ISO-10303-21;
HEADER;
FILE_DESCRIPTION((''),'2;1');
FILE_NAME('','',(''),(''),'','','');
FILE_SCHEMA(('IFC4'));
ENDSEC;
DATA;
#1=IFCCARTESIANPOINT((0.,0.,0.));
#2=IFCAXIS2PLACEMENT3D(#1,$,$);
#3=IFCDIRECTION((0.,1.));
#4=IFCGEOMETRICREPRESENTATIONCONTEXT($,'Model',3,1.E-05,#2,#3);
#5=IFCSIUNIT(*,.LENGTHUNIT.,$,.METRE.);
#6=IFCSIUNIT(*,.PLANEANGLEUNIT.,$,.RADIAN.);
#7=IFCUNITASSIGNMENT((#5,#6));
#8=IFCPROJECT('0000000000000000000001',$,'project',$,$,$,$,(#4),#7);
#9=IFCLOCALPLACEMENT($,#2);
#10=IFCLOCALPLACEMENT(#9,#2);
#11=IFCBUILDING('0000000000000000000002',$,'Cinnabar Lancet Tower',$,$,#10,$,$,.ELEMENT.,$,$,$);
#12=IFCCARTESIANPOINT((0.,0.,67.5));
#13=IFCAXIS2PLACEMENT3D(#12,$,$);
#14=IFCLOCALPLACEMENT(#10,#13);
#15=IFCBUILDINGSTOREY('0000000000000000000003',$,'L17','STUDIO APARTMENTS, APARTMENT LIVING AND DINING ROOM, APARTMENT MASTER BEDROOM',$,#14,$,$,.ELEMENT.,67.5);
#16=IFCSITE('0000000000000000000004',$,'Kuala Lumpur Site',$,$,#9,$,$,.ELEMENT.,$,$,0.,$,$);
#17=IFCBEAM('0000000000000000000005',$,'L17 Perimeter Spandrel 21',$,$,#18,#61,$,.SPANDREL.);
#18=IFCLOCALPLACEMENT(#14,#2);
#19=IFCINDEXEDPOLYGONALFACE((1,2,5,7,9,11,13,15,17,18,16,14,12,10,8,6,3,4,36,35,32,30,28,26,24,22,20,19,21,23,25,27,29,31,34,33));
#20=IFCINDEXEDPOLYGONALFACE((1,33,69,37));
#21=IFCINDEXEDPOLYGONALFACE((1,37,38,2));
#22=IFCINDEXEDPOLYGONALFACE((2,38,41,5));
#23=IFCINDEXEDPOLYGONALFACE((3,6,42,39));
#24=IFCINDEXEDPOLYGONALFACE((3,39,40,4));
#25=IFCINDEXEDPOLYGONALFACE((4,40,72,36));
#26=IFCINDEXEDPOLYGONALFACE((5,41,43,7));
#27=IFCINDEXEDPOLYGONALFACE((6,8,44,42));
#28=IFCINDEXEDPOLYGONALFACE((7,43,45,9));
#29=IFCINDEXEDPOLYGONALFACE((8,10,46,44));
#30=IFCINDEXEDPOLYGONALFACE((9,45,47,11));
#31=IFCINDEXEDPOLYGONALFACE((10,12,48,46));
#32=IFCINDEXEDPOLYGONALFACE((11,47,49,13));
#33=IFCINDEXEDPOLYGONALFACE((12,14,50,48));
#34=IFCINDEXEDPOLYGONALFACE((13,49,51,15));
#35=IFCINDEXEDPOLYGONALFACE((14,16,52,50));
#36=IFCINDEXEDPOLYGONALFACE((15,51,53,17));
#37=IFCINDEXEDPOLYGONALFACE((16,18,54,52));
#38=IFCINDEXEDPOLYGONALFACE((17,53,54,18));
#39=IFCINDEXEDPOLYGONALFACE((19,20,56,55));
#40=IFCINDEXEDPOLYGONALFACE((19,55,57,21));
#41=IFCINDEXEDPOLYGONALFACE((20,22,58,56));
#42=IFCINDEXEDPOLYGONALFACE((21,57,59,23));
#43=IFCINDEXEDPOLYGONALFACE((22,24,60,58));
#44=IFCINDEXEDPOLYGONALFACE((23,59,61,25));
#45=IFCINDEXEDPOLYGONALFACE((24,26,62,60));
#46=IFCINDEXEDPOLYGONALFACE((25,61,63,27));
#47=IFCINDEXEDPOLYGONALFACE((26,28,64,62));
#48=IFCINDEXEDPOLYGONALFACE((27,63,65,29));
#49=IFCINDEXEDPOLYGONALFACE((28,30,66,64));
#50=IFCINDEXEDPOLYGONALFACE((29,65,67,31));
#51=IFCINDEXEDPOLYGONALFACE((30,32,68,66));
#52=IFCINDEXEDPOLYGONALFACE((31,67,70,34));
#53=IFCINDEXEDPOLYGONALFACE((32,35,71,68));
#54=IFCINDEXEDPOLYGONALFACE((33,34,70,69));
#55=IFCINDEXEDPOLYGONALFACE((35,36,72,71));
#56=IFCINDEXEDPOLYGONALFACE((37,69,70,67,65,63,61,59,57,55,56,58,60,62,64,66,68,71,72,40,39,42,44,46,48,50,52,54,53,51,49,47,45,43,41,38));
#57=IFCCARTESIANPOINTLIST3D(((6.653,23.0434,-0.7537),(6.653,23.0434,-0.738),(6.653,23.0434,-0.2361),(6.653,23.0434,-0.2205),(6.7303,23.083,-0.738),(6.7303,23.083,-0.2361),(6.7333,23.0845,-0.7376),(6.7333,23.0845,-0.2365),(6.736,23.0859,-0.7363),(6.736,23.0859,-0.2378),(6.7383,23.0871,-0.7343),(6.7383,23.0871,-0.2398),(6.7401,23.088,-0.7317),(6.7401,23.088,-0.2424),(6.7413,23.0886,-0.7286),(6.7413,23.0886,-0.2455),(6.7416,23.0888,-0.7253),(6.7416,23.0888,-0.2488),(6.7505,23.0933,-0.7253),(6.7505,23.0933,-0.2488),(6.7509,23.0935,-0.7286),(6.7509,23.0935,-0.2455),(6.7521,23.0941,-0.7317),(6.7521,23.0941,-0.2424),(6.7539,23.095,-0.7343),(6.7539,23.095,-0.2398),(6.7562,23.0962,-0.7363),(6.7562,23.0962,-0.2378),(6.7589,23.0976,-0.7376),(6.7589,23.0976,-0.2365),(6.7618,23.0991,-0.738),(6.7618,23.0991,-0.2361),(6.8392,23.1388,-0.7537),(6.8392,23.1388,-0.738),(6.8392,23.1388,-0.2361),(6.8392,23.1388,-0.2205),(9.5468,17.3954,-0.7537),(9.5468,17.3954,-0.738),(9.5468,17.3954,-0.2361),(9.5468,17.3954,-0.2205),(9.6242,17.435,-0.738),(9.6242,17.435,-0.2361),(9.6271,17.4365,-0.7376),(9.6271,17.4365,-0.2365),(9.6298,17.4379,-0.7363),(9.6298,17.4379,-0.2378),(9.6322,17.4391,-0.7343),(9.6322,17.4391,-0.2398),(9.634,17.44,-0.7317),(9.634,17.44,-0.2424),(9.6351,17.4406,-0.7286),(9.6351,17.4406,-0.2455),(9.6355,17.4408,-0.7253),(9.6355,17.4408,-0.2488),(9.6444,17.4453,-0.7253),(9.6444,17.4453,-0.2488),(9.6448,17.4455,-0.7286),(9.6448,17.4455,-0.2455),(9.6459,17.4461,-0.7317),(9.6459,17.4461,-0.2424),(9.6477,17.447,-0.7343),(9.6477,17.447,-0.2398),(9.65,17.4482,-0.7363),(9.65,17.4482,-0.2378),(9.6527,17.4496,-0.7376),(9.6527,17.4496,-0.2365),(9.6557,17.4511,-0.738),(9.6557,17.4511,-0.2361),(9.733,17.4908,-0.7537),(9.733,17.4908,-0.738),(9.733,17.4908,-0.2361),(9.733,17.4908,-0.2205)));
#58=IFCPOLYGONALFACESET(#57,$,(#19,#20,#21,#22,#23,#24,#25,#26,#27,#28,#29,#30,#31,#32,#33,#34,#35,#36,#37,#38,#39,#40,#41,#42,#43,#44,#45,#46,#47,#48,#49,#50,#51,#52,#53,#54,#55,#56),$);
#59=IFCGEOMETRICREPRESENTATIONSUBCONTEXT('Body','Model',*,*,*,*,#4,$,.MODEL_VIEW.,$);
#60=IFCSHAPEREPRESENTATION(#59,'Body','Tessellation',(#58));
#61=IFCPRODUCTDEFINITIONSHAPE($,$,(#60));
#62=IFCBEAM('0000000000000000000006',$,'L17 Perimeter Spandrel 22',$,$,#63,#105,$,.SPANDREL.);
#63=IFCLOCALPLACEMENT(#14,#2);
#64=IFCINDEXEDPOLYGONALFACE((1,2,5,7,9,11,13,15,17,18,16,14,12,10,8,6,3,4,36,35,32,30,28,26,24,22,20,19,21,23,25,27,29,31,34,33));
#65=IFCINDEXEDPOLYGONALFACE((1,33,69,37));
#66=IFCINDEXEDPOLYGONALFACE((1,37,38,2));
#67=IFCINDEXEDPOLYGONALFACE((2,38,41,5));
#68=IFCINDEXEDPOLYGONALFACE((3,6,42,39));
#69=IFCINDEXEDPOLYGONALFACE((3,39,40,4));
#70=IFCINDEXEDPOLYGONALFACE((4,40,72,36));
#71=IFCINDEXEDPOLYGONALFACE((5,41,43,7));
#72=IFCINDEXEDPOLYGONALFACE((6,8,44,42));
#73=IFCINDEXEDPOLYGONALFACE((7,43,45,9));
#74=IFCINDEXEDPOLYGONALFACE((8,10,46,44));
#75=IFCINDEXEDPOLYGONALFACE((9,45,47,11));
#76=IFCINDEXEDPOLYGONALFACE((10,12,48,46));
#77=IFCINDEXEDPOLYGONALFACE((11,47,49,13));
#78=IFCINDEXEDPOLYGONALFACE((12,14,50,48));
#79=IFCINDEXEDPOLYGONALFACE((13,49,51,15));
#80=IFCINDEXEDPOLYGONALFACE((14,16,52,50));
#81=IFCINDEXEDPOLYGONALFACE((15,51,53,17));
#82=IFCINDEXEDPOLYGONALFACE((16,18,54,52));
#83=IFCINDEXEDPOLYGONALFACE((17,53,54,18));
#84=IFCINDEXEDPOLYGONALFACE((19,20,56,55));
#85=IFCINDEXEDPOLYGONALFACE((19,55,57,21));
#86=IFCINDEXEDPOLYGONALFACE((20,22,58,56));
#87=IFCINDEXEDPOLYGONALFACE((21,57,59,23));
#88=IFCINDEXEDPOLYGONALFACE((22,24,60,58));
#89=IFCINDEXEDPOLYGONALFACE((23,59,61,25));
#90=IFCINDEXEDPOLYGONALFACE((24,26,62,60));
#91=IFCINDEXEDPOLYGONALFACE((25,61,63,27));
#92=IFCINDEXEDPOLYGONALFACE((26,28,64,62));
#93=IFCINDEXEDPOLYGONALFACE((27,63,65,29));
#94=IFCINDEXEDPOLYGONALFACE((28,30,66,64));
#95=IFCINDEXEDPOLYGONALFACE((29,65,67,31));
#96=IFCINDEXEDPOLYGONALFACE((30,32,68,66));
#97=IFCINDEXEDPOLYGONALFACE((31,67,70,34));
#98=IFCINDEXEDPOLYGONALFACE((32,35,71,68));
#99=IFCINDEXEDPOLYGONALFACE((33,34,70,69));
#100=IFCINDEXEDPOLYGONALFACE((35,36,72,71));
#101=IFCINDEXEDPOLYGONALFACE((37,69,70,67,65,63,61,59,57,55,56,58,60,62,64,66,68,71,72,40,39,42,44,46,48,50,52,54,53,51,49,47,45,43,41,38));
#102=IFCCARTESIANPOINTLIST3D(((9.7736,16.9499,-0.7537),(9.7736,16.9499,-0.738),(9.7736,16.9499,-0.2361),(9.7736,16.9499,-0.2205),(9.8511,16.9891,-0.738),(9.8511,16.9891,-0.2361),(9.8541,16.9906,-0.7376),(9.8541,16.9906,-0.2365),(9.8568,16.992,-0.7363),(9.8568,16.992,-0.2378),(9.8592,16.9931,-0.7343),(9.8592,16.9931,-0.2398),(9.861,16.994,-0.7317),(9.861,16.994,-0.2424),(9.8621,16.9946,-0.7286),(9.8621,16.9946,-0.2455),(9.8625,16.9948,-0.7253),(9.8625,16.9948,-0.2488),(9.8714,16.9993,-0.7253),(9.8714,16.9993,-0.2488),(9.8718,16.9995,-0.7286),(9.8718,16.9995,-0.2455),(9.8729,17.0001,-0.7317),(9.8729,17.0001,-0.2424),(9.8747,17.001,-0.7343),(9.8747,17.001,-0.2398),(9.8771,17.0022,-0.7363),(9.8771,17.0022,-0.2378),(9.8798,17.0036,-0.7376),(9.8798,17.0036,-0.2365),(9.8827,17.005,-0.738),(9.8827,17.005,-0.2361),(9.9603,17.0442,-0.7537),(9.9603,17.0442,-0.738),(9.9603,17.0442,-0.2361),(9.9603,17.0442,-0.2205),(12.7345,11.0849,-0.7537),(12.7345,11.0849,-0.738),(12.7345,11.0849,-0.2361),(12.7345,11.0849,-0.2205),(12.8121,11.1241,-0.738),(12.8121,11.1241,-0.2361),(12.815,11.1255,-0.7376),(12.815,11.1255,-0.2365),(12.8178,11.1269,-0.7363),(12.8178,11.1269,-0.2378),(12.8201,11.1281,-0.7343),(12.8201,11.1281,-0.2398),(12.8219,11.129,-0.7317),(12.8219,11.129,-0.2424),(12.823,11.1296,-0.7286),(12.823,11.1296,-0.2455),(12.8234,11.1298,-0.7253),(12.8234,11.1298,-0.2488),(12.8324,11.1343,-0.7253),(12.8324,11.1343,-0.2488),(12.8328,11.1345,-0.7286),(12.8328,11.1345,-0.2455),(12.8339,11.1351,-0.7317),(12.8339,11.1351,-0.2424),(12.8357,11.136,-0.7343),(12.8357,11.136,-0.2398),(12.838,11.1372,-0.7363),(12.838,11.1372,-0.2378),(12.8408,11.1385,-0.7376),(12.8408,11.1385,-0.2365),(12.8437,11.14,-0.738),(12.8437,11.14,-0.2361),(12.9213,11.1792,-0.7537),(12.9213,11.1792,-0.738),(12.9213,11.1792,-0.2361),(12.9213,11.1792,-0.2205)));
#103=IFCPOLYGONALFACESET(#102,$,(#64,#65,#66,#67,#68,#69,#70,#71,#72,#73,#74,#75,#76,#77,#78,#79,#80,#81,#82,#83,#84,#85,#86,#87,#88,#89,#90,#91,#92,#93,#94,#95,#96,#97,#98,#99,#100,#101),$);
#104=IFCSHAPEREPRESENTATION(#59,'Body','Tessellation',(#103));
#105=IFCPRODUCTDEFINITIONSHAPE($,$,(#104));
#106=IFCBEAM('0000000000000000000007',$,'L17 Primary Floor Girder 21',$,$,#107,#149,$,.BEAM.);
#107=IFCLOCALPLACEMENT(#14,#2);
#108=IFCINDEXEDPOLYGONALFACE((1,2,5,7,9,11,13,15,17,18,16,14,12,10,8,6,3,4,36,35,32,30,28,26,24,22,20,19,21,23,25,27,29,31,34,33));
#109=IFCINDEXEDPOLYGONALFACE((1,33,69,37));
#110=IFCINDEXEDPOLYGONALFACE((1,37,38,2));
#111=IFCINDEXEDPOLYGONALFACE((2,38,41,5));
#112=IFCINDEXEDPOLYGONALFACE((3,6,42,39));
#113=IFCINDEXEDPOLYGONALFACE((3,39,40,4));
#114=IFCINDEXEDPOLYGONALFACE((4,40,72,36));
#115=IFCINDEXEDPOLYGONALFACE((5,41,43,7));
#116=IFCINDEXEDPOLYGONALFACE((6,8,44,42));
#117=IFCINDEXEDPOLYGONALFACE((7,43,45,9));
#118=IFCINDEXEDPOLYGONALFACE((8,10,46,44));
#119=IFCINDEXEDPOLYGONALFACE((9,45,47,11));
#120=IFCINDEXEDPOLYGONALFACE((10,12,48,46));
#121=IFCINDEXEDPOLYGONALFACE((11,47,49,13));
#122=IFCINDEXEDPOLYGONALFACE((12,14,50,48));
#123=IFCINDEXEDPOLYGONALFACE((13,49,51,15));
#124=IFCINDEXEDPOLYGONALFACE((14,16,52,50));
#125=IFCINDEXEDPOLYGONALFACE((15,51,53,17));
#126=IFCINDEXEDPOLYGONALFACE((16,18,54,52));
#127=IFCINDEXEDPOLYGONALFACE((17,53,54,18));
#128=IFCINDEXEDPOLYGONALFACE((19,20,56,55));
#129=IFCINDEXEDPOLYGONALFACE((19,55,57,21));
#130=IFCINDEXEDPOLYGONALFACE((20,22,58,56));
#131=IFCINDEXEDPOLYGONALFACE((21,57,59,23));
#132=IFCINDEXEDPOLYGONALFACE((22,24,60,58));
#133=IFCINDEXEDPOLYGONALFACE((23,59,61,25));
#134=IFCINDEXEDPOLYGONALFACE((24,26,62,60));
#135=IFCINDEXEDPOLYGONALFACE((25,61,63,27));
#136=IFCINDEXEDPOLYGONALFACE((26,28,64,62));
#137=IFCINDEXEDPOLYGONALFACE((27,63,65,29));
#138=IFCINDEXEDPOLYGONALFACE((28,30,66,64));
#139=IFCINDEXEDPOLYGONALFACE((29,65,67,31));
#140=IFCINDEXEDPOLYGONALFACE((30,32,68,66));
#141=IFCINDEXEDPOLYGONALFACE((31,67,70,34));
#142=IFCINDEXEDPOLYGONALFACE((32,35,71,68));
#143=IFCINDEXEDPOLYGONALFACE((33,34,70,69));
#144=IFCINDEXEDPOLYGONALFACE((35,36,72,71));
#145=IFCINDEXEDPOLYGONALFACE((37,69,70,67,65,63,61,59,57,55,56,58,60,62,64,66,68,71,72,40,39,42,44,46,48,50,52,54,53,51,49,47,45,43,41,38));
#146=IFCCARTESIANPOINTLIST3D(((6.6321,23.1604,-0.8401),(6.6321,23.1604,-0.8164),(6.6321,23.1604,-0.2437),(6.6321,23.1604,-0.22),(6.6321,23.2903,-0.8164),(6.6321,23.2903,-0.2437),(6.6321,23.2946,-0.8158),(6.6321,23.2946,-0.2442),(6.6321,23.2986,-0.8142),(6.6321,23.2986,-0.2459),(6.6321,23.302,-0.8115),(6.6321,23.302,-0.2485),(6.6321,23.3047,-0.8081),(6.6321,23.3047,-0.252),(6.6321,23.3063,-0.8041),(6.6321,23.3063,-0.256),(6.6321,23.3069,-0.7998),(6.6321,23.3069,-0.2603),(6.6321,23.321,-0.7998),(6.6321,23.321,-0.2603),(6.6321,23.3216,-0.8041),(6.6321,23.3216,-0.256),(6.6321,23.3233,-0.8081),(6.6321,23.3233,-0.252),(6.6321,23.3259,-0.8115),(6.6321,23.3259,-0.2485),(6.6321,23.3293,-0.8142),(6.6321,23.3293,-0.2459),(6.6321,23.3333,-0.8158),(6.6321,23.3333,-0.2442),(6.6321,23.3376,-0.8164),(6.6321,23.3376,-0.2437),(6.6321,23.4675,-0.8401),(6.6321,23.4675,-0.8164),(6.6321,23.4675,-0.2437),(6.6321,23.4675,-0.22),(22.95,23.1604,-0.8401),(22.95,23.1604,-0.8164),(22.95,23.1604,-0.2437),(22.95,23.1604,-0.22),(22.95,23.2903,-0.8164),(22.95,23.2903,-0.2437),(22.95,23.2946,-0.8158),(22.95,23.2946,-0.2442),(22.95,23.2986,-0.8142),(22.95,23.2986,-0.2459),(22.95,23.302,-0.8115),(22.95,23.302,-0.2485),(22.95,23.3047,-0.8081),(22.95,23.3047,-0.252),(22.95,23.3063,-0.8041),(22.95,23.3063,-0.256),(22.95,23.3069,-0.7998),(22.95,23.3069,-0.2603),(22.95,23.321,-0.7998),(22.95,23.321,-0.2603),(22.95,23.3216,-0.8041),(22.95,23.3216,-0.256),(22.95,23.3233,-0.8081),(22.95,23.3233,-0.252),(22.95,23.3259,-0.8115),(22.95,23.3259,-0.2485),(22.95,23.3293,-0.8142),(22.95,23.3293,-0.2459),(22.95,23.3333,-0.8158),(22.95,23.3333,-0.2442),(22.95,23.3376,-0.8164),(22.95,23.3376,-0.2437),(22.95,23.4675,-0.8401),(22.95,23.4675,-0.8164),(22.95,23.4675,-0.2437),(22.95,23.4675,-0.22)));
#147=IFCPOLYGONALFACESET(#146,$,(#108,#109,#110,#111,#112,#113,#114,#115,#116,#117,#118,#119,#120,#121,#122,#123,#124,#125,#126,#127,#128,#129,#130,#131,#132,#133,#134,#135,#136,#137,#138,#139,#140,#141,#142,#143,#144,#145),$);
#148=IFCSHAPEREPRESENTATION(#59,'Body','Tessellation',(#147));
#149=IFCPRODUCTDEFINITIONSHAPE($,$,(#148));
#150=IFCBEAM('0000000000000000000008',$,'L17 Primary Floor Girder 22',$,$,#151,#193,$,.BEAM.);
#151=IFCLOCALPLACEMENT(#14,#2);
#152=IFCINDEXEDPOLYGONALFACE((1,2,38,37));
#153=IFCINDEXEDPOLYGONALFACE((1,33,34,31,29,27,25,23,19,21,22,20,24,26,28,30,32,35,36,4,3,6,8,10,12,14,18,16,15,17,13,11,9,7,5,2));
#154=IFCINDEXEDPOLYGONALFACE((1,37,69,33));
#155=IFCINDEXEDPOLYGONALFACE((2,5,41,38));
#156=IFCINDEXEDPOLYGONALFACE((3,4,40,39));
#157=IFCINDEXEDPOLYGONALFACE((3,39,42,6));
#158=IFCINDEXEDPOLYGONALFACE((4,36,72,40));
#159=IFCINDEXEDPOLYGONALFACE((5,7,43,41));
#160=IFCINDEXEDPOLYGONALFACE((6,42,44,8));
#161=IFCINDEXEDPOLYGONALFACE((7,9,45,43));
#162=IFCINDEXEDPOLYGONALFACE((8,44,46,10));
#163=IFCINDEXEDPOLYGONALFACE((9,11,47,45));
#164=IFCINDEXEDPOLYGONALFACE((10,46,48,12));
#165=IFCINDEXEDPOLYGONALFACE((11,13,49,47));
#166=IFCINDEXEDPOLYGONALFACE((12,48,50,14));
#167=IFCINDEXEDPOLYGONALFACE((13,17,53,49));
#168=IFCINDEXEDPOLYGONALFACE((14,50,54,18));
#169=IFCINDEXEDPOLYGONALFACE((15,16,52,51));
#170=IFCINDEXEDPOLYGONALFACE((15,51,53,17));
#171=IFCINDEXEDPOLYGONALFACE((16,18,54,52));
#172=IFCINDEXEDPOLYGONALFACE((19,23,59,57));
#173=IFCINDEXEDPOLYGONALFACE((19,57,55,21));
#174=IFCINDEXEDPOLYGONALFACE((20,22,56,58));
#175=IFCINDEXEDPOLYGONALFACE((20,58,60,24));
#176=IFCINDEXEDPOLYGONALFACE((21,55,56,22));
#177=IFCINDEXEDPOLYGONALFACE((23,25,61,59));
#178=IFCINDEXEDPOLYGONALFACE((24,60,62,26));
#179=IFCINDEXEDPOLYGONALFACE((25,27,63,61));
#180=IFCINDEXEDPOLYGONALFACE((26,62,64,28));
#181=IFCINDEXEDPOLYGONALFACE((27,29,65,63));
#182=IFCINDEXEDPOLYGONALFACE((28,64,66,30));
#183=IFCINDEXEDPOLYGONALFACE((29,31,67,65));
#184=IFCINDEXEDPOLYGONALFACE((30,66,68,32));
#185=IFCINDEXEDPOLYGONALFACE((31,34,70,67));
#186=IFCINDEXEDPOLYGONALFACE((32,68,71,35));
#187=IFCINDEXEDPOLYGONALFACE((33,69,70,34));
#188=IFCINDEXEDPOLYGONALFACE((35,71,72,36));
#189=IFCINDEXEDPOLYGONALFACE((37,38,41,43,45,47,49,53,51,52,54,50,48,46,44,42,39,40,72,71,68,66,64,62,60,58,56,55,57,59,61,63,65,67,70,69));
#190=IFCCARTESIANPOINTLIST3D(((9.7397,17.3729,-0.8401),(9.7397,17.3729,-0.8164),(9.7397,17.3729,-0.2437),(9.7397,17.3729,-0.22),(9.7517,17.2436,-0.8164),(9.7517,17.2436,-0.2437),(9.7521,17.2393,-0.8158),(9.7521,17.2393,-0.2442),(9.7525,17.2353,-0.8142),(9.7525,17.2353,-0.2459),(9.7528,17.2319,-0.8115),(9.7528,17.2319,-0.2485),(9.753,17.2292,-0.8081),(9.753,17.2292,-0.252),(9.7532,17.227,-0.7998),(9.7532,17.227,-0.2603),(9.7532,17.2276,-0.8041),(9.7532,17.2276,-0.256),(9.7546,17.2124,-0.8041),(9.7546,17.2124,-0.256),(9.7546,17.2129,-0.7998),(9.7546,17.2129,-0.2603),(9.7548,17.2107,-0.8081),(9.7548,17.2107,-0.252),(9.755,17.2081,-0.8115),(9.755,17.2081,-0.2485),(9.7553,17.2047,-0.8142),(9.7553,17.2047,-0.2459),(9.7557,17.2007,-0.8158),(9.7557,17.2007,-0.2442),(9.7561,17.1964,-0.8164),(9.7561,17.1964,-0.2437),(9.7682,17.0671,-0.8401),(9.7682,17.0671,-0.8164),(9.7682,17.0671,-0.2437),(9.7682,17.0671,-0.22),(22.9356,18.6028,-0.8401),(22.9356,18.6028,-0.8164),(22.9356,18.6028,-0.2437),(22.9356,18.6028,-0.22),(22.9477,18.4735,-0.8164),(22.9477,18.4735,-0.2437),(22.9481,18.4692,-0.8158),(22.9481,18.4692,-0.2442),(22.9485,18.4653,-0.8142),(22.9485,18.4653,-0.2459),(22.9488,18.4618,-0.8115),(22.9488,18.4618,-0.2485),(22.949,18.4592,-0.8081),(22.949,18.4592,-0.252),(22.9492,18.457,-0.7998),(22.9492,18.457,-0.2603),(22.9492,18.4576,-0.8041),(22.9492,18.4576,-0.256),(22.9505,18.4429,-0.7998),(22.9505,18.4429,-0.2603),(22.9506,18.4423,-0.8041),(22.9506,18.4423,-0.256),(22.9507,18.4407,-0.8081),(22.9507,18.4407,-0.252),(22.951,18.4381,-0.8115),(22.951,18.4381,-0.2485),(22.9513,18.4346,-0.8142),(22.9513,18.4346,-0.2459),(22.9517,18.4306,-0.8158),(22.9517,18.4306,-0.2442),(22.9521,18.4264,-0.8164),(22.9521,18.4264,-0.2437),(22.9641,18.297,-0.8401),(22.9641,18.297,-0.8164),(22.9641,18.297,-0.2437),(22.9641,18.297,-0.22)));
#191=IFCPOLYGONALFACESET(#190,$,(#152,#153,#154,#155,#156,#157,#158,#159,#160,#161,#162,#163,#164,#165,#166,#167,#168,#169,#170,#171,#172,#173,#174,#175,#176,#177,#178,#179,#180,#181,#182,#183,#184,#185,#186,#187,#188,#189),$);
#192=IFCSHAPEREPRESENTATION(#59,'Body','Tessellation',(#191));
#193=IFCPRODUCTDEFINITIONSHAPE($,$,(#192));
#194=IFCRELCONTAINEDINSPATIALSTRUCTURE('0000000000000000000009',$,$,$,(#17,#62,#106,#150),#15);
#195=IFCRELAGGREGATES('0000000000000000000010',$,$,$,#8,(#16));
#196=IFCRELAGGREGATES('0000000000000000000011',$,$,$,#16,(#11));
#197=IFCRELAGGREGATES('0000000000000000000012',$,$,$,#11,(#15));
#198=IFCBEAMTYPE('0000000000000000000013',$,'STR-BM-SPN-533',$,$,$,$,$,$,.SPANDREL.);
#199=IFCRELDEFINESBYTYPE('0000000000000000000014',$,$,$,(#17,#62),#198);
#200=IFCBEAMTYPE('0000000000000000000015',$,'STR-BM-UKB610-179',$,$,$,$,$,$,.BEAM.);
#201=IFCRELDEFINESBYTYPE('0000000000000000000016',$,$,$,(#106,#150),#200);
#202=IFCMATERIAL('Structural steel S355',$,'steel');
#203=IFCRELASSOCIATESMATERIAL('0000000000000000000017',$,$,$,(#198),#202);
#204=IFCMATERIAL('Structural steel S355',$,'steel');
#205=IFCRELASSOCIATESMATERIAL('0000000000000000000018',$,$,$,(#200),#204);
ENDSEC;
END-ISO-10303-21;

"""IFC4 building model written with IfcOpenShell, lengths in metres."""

from ifc_helpers import new_model, si_unit, direction, frame, origin, origin_2d, place, context, subcontext, project, spatial, i_section, extrude, material, material_profile, profile_set, type_object, element, save


model = new_model("IFC4")

# Units and contexts
model_context = context("Model", 3, precision=1e-05, world=origin(), true_north=direction((0.0, 1.0)))
body_context = subcontext(model_context, "Body", "Model", "MODEL_VIEW")
ifc_project = project(units=[si_unit("LENGTHUNIT", "METRE"), si_unit("PLANEANGLEUNIT", "RADIAN")], contexts=[model_context])

# Site, building, storey
site_placement = place(None, origin())
site = spatial("IfcSite", under=ifc_project, at=site_placement, Name="Kuala Lumpur Site", CompositionType="ELEMENT", RefElevation=0.0)
building_placement = place(site_placement, origin())
building = spatial("IfcBuilding", under=site, at=building_placement, Name="Cinnabar Lancet Tower", CompositionType="ELEMENT")
storey_placement = place(building_placement, frame((0.0, 0.0, 67.5)))
storey = spatial("IfcBuildingStorey", under=building, at=storey_placement, Name="L17", Description="STUDIO APARTMENTS, APARTMENT LIVING AND DINING ROOM, APARTMENT MASTER BEDROOM", CompositionType="ELEMENT", Elevation=67.5)

# Beams
ifc_material_1 = material(Name="Structural steel S355", Category="steel")
ifc_material_profile_1 = material_profile(ifc_material_1, i_section(OverallWidth=0.2092, OverallDepth=0.5332, WebThickness=0.01, FlangeThickness=0.0156, FilletRadius=0.0127, at=origin_2d()), Name="UKB 533x210x92")
ifc_profile_set_1 = profile_set([ifc_material_profile_1], Name="Structural steel S355")
beam_type_1 = type_object("IfcBeamType", Name="STR-BM-SPN-533", PredefinedType="SPANDREL", material=ifc_profile_set_1)
beam_1_placement = place(storey_placement, frame((6.7461, 23.0911, -0.4871), z_axis=(0.455994, -0.889983, 0.0), x_axis=(0.889983, 0.455994, 0.0)))
element("IfcBeam", 1, at=beam_1_placement, inside=storey, type_object=beam_type_1, Name="L17 Perimeter Spandrel 21", PredefinedType="SPANDREL", context=body_context, shape_type="SweptSolid", body=[
    extrude(i_section(OverallWidth=0.2092, OverallDepth=0.5332, WebThickness=0.01, FlangeThickness=0.0156, FilletRadius=0.0127, at=origin_2d()), origin(), (0.0, 0.0, 1.0), 6.3462),
])
beam_2_placement = place(storey_placement, frame((9.8669, 16.9971, -0.4871), z_axis=(0.450674, -0.892689, 0.0), x_axis=(0.892689, 0.450674, 0.0)))
element("IfcBeam", 2, at=beam_2_placement, inside=storey, type_object=beam_type_1, Name="L17 Perimeter Spandrel 22", PredefinedType="SPANDREL", context=body_context, shape_type="SweptSolid", body=[
    extrude(i_section(OverallWidth=0.2092, OverallDepth=0.5332, WebThickness=0.01, FlangeThickness=0.0156, FilletRadius=0.0127, at=origin_2d()), origin(), (0.0, 0.0, 1.0), 6.5701),
])
ifc_material_2 = material(Name="Structural steel S355", Category="steel")
ifc_material_profile_2 = material_profile(ifc_material_2, i_section(OverallWidth=0.3071, OverallDepth=0.6201, WebThickness=0.0142, FlangeThickness=0.0237, FilletRadius=0.0166, at=origin_2d()), Name="UKB 610x305x179")
ifc_profile_set_2 = profile_set([ifc_material_profile_2], Name="Structural steel S355")
beam_type_2 = type_object("IfcBeamType", Name="STR-BM-UKB610-179", PredefinedType="BEAM", material=ifc_profile_set_2)
beam_3_placement = place(storey_placement, frame((6.6321, 23.314, -0.53), z_axis=(1.0, 0.0, 0.0), x_axis=(0.0, 1.0, 0.0)))
element("IfcBeam", 3, at=beam_3_placement, inside=storey, type_object=beam_type_2, Name="L17 Primary Floor Girder 21", PredefinedType="BEAM", context=body_context, shape_type="SweptSolid", body=[
    extrude(i_section(OverallWidth=0.3071, OverallDepth=0.6201, WebThickness=0.0142, FlangeThickness=0.0237, FilletRadius=0.0166, at=origin_2d()), origin(), (0.0, 0.0, 1.0), 16.3179),
])
beam_4_placement = place(storey_placement, frame((9.7539, 17.22, -0.53), z_axis=(0.995684, 0.092806, 0.0), x_axis=(-0.092806, 0.995684, 0.0)))
element("IfcBeam", 4, at=beam_4_placement, inside=storey, type_object=beam_type_2, Name="L17 Primary Floor Girder 22", PredefinedType="BEAM", context=body_context, shape_type="SweptSolid", body=[
    extrude(i_section(OverallWidth=0.3071, OverallDepth=0.6201, WebThickness=0.0142, FlangeThickness=0.0237, FilletRadius=0.0166, at=origin_2d()), origin(), (0.0, 0.0, 1.0), 13.2532),
])

save(model, "model.ifc")
